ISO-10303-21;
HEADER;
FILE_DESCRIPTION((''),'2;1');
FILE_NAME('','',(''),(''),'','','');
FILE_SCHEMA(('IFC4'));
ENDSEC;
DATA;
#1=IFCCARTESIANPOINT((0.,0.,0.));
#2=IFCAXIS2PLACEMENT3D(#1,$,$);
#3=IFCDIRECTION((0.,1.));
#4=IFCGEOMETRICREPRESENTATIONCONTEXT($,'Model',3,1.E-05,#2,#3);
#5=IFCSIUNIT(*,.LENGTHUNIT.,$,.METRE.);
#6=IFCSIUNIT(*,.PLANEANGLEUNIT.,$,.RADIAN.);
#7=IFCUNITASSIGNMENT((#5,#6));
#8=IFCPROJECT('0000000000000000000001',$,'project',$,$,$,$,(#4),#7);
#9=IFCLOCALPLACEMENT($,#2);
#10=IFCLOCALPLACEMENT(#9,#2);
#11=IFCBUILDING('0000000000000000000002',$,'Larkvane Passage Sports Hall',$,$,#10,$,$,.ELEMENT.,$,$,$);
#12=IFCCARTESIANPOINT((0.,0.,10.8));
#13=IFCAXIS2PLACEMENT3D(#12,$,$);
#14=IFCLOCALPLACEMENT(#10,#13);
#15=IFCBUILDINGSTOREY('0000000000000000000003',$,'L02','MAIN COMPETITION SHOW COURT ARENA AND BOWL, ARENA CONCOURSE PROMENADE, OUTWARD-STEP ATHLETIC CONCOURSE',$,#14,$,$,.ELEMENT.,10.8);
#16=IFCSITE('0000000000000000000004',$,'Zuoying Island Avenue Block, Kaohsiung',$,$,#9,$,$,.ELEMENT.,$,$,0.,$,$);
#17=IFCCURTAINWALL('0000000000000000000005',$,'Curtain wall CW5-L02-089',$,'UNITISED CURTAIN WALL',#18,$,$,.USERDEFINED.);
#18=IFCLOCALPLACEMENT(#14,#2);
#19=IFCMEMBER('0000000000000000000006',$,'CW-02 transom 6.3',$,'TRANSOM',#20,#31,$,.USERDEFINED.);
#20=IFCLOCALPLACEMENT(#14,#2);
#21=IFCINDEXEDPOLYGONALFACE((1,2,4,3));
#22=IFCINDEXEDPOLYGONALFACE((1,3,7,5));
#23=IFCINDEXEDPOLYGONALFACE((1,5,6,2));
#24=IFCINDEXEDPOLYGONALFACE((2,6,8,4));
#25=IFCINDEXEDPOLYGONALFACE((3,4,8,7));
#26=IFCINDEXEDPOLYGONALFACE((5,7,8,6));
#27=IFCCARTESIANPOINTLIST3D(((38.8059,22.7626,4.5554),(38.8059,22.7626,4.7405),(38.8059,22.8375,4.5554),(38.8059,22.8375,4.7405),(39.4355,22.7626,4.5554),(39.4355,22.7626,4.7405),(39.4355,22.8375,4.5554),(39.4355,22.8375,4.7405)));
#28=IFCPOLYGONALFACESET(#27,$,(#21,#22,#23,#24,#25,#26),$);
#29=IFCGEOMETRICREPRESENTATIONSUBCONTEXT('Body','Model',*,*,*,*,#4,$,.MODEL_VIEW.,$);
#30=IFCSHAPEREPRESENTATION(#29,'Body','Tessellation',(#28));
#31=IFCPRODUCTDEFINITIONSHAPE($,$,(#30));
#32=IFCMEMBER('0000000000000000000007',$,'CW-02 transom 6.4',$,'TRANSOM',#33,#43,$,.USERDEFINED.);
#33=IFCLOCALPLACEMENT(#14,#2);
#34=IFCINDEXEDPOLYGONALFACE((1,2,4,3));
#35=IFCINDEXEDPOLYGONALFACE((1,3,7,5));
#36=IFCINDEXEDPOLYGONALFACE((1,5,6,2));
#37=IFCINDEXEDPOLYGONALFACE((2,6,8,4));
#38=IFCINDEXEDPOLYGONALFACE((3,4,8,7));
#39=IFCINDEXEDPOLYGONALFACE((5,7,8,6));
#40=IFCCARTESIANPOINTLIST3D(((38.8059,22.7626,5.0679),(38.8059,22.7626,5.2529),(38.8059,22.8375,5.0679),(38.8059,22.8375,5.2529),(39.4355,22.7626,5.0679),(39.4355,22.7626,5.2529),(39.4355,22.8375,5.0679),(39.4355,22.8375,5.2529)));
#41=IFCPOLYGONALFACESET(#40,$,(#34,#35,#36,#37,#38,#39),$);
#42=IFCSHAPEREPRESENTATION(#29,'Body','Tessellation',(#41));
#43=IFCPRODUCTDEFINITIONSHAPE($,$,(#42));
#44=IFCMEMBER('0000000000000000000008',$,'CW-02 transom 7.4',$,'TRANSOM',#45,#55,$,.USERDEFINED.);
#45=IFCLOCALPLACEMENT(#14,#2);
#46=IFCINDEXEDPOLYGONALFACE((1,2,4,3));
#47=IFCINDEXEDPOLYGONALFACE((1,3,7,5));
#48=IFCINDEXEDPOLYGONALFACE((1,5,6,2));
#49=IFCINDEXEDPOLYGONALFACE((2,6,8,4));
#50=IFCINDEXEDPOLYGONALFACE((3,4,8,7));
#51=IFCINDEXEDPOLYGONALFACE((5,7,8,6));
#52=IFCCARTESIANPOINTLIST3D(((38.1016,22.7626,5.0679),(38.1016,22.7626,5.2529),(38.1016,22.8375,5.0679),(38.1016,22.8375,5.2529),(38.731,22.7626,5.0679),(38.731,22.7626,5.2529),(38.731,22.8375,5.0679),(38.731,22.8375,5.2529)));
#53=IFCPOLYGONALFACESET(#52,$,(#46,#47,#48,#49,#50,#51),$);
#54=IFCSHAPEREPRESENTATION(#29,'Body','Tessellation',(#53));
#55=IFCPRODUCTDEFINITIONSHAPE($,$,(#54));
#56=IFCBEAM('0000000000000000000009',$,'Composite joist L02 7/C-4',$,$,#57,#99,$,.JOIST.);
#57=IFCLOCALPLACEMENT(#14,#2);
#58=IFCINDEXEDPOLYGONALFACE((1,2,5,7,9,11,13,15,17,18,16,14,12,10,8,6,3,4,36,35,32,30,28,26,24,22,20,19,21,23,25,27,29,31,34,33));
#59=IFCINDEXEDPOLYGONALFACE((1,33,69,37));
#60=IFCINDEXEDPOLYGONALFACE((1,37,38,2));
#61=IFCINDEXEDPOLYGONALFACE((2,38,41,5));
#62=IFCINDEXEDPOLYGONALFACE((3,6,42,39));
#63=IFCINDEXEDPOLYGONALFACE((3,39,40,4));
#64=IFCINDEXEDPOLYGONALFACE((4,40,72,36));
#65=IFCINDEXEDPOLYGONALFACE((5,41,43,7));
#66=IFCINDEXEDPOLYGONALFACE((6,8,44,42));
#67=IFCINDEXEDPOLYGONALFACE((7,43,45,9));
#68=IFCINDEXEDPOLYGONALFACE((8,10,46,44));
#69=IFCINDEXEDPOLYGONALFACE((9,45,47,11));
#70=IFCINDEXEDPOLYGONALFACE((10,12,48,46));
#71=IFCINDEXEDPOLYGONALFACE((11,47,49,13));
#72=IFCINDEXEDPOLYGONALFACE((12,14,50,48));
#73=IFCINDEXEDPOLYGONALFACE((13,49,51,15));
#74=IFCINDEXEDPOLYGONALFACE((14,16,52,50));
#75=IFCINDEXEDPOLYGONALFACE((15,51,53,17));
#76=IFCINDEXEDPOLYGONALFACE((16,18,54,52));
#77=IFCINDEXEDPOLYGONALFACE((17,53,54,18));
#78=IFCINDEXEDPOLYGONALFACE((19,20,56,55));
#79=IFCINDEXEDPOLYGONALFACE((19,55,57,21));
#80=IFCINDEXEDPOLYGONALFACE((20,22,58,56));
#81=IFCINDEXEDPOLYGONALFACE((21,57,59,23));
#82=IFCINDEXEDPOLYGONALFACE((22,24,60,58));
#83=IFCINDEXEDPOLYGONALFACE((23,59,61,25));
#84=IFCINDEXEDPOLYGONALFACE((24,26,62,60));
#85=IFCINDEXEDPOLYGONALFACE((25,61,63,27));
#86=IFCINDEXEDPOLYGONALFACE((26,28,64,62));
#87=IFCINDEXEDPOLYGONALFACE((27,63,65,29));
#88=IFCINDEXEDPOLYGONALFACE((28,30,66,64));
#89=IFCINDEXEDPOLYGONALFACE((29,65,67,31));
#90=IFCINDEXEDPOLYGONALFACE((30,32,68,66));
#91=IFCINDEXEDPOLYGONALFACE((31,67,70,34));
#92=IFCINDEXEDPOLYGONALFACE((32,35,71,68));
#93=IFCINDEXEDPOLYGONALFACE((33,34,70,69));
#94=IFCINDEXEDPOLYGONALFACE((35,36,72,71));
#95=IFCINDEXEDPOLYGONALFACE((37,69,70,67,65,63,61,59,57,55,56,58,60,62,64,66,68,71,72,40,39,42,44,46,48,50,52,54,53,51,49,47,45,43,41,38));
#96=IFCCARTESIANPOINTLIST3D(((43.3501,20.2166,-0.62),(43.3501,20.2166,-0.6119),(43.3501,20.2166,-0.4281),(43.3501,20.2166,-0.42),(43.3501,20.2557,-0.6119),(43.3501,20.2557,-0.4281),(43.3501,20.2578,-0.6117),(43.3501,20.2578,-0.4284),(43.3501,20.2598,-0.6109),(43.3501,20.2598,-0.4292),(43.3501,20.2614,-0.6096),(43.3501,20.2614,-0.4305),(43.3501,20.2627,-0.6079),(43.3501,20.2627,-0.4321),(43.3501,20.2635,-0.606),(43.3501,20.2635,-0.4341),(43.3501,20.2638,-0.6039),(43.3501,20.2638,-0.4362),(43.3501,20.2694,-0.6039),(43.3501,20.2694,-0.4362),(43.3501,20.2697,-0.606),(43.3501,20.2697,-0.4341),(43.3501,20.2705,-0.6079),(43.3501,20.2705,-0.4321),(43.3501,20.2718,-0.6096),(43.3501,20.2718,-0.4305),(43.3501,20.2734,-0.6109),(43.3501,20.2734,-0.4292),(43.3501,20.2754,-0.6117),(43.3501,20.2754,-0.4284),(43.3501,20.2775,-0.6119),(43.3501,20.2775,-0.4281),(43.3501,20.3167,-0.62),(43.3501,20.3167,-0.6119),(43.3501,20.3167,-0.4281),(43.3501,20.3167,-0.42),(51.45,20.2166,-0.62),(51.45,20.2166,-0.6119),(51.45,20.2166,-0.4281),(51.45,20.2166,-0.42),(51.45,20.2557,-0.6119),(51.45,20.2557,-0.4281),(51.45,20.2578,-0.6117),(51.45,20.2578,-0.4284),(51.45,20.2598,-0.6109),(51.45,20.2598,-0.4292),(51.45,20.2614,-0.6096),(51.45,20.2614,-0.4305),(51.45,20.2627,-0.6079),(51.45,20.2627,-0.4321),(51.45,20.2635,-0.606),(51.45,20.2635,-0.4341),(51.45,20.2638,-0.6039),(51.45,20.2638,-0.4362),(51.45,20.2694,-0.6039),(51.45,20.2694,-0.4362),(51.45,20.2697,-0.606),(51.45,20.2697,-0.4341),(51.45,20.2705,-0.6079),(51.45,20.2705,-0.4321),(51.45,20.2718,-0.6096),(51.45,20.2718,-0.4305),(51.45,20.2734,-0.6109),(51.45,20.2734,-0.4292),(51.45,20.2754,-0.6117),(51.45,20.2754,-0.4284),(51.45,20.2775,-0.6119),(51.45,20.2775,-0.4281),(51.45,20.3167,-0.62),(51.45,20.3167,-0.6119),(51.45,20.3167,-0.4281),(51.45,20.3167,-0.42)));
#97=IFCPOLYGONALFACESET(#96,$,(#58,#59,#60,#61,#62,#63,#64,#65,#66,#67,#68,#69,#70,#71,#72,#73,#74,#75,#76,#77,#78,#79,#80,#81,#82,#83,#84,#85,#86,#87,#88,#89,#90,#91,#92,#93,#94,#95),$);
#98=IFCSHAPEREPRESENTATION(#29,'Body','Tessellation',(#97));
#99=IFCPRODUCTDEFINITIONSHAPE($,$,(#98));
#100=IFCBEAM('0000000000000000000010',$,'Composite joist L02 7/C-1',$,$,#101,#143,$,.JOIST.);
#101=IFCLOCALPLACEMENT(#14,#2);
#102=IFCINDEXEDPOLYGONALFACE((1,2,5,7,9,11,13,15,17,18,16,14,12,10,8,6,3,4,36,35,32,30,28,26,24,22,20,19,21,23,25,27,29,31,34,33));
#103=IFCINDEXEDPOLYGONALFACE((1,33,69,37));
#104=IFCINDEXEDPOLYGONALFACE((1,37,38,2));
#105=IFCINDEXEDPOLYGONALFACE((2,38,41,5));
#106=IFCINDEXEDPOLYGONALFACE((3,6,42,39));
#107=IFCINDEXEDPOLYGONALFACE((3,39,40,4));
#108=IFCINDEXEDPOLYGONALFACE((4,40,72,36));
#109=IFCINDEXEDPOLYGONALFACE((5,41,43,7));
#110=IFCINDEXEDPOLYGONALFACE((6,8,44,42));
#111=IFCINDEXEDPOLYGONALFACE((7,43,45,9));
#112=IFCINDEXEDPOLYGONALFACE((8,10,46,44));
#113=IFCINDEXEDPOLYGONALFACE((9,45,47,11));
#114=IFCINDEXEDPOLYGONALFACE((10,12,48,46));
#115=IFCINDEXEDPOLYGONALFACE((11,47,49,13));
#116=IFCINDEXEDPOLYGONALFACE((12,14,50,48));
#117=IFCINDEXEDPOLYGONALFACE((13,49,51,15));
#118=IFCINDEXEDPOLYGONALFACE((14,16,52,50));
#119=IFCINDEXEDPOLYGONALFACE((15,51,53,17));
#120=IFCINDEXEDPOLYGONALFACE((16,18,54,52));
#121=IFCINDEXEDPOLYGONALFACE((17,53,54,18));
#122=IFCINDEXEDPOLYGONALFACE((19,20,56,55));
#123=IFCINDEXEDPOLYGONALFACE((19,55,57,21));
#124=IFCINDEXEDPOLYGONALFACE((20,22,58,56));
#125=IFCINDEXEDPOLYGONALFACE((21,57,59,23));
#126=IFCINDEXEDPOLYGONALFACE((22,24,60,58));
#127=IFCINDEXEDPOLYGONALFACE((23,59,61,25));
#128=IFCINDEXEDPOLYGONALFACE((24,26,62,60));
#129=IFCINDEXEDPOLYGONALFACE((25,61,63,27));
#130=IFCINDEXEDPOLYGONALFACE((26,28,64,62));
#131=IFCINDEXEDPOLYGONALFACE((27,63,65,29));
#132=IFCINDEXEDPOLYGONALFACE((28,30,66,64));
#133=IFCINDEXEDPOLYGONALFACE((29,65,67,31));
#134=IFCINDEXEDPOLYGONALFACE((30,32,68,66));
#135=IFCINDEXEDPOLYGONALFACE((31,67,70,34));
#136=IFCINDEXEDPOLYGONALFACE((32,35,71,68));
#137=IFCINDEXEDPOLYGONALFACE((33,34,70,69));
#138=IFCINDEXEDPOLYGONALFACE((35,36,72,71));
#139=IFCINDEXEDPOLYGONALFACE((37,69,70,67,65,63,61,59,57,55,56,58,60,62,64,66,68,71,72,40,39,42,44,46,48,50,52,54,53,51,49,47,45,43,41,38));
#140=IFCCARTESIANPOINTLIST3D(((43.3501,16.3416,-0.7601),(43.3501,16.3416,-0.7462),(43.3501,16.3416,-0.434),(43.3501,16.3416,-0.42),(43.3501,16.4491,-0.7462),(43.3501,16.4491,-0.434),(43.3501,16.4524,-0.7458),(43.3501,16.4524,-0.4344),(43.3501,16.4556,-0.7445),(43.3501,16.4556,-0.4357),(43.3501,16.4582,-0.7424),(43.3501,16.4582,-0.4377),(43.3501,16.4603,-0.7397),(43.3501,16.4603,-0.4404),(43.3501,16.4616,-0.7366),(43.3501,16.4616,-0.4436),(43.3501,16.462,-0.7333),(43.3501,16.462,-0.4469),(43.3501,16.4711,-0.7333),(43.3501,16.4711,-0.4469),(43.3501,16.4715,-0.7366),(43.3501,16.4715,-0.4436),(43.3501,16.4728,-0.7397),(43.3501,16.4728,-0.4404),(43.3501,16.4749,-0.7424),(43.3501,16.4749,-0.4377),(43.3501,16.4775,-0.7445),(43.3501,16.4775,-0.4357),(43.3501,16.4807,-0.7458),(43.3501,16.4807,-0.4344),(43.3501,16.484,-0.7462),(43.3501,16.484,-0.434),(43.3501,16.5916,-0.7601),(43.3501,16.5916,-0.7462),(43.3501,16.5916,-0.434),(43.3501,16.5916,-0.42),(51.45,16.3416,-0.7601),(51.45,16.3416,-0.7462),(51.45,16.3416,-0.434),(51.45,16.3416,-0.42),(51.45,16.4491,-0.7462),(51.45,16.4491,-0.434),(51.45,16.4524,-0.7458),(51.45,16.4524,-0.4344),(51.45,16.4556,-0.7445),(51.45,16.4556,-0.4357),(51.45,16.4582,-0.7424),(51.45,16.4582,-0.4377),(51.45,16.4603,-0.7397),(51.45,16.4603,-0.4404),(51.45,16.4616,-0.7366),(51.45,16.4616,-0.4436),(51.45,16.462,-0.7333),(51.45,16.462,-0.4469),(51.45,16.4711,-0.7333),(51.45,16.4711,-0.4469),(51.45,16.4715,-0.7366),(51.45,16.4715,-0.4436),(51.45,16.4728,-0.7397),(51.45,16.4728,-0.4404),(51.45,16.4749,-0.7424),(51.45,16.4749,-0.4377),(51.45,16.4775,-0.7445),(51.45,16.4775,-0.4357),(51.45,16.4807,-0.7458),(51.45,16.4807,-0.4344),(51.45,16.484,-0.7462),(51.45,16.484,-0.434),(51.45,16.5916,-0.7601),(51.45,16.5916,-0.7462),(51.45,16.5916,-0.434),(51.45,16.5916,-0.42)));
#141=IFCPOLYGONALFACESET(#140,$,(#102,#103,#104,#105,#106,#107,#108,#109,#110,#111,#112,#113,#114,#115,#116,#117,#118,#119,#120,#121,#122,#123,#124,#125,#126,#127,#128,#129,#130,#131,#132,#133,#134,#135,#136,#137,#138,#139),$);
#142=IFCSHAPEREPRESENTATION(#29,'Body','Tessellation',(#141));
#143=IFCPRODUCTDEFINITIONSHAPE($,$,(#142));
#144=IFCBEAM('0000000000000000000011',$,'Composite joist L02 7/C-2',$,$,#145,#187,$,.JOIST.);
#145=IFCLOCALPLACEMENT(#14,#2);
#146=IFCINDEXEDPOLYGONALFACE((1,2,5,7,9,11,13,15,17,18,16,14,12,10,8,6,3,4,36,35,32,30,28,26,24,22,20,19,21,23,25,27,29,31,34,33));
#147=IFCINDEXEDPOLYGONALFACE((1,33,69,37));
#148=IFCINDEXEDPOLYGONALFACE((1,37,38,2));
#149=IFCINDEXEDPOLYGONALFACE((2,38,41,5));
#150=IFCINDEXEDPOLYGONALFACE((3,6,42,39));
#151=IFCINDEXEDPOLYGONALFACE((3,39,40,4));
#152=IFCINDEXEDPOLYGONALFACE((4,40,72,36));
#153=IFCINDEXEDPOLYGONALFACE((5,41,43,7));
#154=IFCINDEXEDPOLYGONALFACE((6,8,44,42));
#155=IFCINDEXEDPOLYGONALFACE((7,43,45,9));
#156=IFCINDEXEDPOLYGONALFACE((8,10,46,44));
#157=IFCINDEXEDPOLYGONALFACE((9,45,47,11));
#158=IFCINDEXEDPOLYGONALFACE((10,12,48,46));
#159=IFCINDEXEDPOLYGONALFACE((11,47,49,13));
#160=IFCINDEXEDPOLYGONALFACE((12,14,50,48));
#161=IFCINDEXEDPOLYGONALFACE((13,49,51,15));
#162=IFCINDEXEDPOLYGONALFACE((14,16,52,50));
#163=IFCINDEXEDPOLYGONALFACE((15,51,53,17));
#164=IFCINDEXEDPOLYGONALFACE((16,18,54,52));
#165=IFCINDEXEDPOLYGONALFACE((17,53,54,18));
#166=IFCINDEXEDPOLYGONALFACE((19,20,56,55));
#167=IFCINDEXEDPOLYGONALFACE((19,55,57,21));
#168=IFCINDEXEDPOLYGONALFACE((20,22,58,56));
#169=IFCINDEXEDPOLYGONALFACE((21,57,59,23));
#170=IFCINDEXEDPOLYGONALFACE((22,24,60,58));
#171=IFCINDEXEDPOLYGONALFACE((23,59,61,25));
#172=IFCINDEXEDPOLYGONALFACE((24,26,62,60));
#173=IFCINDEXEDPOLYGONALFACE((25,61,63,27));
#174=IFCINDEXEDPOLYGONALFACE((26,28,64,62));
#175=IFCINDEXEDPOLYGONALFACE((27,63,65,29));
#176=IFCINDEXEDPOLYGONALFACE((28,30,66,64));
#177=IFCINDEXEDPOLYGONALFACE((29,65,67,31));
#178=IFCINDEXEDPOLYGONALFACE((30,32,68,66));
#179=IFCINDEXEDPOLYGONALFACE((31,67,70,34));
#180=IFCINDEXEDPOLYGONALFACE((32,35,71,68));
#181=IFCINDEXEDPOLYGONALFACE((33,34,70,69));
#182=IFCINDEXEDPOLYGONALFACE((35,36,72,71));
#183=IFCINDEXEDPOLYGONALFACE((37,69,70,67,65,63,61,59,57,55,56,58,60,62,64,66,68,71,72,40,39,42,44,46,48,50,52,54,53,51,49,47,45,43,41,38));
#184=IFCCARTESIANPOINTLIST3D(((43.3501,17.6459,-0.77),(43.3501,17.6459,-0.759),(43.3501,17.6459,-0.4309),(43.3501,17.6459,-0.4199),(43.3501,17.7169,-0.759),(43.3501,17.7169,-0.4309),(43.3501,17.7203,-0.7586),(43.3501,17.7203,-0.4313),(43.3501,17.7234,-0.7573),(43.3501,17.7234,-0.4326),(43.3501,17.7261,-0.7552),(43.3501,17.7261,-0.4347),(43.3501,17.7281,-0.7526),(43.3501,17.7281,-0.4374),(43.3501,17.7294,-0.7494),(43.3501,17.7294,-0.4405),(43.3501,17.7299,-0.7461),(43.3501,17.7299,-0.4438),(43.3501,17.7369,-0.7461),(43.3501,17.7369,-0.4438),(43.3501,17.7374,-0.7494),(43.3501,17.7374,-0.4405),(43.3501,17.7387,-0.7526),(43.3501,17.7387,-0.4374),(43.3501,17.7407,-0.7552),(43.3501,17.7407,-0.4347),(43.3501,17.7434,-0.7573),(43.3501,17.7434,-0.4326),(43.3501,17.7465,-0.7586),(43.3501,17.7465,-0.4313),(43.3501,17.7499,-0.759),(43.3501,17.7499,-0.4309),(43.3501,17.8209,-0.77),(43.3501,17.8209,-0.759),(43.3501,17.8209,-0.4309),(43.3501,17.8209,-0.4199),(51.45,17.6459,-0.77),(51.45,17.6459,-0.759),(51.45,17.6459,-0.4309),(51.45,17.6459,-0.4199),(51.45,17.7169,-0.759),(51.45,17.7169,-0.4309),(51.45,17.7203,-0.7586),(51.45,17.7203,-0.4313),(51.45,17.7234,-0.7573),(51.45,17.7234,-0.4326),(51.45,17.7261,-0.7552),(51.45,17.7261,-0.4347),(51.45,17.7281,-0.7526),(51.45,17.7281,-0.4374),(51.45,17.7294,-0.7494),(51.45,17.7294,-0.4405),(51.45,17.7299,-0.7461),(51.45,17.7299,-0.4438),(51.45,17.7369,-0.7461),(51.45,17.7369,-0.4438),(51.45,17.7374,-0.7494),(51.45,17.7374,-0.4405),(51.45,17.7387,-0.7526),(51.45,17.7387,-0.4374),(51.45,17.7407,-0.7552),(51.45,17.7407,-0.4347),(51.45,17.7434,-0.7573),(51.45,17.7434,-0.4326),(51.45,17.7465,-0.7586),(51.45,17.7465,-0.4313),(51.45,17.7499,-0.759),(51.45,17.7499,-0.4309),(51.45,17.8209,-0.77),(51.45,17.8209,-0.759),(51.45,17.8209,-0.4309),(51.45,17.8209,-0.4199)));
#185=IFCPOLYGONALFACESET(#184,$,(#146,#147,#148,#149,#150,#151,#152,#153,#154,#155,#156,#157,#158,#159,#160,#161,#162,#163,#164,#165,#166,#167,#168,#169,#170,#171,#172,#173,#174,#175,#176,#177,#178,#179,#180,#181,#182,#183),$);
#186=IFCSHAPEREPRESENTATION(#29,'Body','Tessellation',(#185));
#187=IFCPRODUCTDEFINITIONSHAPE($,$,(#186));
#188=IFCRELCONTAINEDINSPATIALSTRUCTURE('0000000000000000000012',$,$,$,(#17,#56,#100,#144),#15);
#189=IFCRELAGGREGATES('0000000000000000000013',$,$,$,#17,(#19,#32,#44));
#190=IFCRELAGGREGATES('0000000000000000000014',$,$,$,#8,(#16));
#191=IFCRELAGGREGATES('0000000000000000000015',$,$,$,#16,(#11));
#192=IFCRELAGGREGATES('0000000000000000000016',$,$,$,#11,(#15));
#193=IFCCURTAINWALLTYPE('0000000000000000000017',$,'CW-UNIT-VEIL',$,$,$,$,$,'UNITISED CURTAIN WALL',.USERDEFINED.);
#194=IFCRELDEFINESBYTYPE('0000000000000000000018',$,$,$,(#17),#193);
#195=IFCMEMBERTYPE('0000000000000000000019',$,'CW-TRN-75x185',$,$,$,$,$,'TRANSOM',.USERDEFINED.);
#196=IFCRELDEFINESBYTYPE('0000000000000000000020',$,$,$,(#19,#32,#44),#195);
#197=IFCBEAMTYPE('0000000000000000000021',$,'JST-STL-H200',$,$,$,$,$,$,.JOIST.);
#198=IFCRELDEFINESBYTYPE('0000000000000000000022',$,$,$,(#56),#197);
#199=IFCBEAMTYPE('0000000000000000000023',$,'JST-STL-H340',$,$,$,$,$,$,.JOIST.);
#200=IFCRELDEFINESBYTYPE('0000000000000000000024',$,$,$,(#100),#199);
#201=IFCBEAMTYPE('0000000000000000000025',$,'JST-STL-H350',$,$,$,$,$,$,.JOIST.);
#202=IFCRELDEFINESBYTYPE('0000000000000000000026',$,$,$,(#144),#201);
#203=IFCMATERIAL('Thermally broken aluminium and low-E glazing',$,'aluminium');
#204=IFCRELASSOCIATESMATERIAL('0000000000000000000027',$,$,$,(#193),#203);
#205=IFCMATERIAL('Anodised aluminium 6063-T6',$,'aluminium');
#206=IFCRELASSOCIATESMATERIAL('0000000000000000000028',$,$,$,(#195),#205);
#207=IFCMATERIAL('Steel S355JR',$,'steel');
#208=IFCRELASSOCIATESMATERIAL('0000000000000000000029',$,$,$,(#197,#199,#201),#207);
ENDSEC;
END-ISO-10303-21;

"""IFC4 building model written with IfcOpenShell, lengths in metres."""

from ifc_helpers import new_model, si_unit, direction, frame, origin, origin_2d, place, context, subcontext, project, spatial, rectangle, i_section, extrude, material, material_profile, profile_set, type_object, element, aggregate, save


model = new_model("IFC4")

# Units and contexts
model_context = context("Model", 3, precision=1e-05, world=origin(), true_north=direction((0.0, 1.0)))
body_context = subcontext(model_context, "Body", "Model", "MODEL_VIEW")
ifc_project = project(units=[si_unit("LENGTHUNIT", "METRE"), si_unit("PLANEANGLEUNIT", "RADIAN")], contexts=[model_context])

# Site, building, storey
site_placement = place(None, origin())
site = spatial("IfcSite", under=ifc_project, at=site_placement, Name="Zuoying Island Avenue Block, Kaohsiung", CompositionType="ELEMENT", RefElevation=0.0)
building_placement = place(site_placement, origin())
building = spatial("IfcBuilding", under=site, at=building_placement, Name="Larkvane Passage Sports Hall", CompositionType="ELEMENT")
storey_placement = place(building_placement, frame((0.0, 0.0, 10.8)))
storey = spatial("IfcBuildingStorey", under=building, at=storey_placement, Name="L02", Description="MAIN COMPETITION SHOW COURT ARENA AND BOWL, ARENA CONCOURSE PROMENADE, OUTWARD-STEP ATHLETIC CONCOURSE", CompositionType="ELEMENT", Elevation=10.8)

# Curtain wall, members
ifc_material_1 = material(Name="Thermally broken aluminium and low-E glazing", Category="aluminium")
curtain_wall_type = type_object("IfcCurtainWallType", Name="CW-UNIT-VEIL", ElementType="UNITISED CURTAIN WALL", PredefinedType="USERDEFINED", material=ifc_material_1)
curtain_wall_placement = place(storey_placement, origin())
curtain_wall = element("IfcCurtainWall", 1, at=curtain_wall_placement, inside=storey, type_object=curtain_wall_type, Name="Curtain wall CW5-L02-089", ObjectType="UNITISED CURTAIN WALL", PredefinedType="USERDEFINED")
ifc_material_2 = material(Name="Anodised aluminium 6063-T6", Category="aluminium")
ifc_material_profile_1 = material_profile(ifc_material_2, rectangle(XDim=0.075, YDim=0.1851, at=origin_2d()), Name="ALU-TRN-75x185")
ifc_profile_set_1 = profile_set([ifc_material_profile_1], Name="Anodised aluminium 6063-T6")
member_type_1 = type_object("IfcMemberType", Name="CW-TRN-75x185", ElementType="TRANSOM", PredefinedType="USERDEFINED", material=ifc_profile_set_1)
member_1_placement = place(storey_placement, frame((39.4355, 22.8, 4.6479), z_axis=(-1.0, 0.0, 0.0), x_axis=(0.0, -1.0, 0.0)))
member_1 = element("IfcMember", 2, at=member_1_placement, type_object=member_type_1, Name="CW-02 transom 6.3", ObjectType="TRANSOM", PredefinedType="USERDEFINED", context=body_context, shape_type="SweptSolid", body=[
    extrude(rectangle(XDim=0.075, YDim=0.1851, at=origin_2d()), origin(), (0.0, 0.0, 1.0), 0.6296),
])
member_2_placement = place(storey_placement, frame((39.4355, 22.8, 5.1604), z_axis=(-1.0, 0.0, 0.0), x_axis=(0.0, -1.0, 0.0)))
member_2 = element("IfcMember", 3, at=member_2_placement, type_object=member_type_1, Name="CW-02 transom 6.4", ObjectType="TRANSOM", PredefinedType="USERDEFINED", context=body_context, shape_type="SweptSolid", body=[
    extrude(rectangle(XDim=0.075, YDim=0.1851, at=origin_2d()), origin(), (0.0, 0.0, 1.0), 0.6296),
])
member_3_placement = place(storey_placement, frame((38.731, 22.8, 5.1604), z_axis=(-1.0, 0.0, 0.0), x_axis=(0.0, -1.0, 0.0)))
member_3 = element("IfcMember", 4, at=member_3_placement, type_object=member_type_1, Name="CW-02 transom 7.4", ObjectType="TRANSOM", PredefinedType="USERDEFINED", context=body_context, shape_type="SweptSolid", body=[
    extrude(rectangle(XDim=0.075, YDim=0.1851, at=origin_2d()), origin(), (0.0, 0.0, 1.0), 0.6294),
])

# Beams
ifc_material_3 = material(Name="Steel S355JR", Category="steel")
ifc_material_profile_2 = material_profile(ifc_material_3, i_section(OverallWidth=0.1001, OverallDepth=0.2, WebThickness=0.0056, FlangeThickness=0.0081, FilletRadius=0.0081, at=origin_2d()), Name="H-200x100x5.5x8")
ifc_profile_set_2 = profile_set([ifc_material_profile_2], Name="Steel S355JR")
beam_type_1 = type_object("IfcBeamType", Name="JST-STL-H200", PredefinedType="JOIST", material=ifc_profile_set_2)
beam_1_placement = place(storey_placement, frame((43.3501, 20.2666, -0.52), z_axis=(1.0, 0.0, 0.0), x_axis=(0.0, 1.0, 0.0)))
element("IfcBeam", 5, at=beam_1_placement, inside=storey, type_object=beam_type_1, Name="Composite joist L02 7/C-4", PredefinedType="JOIST", context=body_context, shape_type="SweptSolid", body=[
    extrude(i_section(OverallWidth=0.1001, OverallDepth=0.2, WebThickness=0.0056, FlangeThickness=0.0081, FilletRadius=0.0081, at=origin_2d()), origin(), (0.0, 0.0, 1.0), 8.0999),
])
ifc_material_profile_3 = material_profile(ifc_material_3, i_section(OverallWidth=0.25, OverallDepth=0.3401, WebThickness=0.009, FlangeThickness=0.0139, FilletRadius=0.0129, at=origin_2d()), Name="H-340x250x9x14")
ifc_profile_set_3 = profile_set([ifc_material_profile_3], Name="Steel S355JR")
beam_type_2 = type_object("IfcBeamType", Name="JST-STL-H340", PredefinedType="JOIST", material=ifc_profile_set_3)
beam_2_placement = place(storey_placement, frame((43.3501, 16.4666, -0.5901), z_axis=(1.0, 0.0, 0.0), x_axis=(0.0, 1.0, 0.0)))
element("IfcBeam", 6, at=beam_2_placement, inside=storey, type_object=beam_type_2, Name="Composite joist L02 7/C-1", PredefinedType="JOIST", context=body_context, shape_type="SweptSolid", body=[
    extrude(i_section(OverallWidth=0.25, OverallDepth=0.3401, WebThickness=0.009, FlangeThickness=0.0139, FilletRadius=0.0129, at=origin_2d()), origin(), (0.0, 0.0, 1.0), 8.0999),
])
ifc_material_profile_4 = material_profile(ifc_material_3, i_section(OverallWidth=0.175, OverallDepth=0.3501, WebThickness=0.0071, FlangeThickness=0.011, FilletRadius=0.0129, at=origin_2d()), Name="H-350x175x7x11")
ifc_profile_set_4 = profile_set([ifc_material_profile_4], Name="Steel S355JR")
beam_type_3 = type_object("IfcBeamType", Name="JST-STL-H350", PredefinedType="JOIST", material=ifc_profile_set_4)
beam_3_placement = place(storey_placement, frame((43.3501, 17.7334, -0.595), z_axis=(1.0, 0.0, 0.0), x_axis=(0.0, 1.0, 0.0)))
element("IfcBeam", 7, at=beam_3_placement, inside=storey, type_object=beam_type_3, Name="Composite joist L02 7/C-2", PredefinedType="JOIST", context=body_context, shape_type="SweptSolid", body=[
    extrude(i_section(OverallWidth=0.175, OverallDepth=0.3501, WebThickness=0.0071, FlangeThickness=0.011, FilletRadius=0.0129, at=origin_2d()), origin(), (0.0, 0.0, 1.0), 8.0999),
])

aggregate(curtain_wall, [member_1, member_2, member_3])

save(model, "model.ifc")
